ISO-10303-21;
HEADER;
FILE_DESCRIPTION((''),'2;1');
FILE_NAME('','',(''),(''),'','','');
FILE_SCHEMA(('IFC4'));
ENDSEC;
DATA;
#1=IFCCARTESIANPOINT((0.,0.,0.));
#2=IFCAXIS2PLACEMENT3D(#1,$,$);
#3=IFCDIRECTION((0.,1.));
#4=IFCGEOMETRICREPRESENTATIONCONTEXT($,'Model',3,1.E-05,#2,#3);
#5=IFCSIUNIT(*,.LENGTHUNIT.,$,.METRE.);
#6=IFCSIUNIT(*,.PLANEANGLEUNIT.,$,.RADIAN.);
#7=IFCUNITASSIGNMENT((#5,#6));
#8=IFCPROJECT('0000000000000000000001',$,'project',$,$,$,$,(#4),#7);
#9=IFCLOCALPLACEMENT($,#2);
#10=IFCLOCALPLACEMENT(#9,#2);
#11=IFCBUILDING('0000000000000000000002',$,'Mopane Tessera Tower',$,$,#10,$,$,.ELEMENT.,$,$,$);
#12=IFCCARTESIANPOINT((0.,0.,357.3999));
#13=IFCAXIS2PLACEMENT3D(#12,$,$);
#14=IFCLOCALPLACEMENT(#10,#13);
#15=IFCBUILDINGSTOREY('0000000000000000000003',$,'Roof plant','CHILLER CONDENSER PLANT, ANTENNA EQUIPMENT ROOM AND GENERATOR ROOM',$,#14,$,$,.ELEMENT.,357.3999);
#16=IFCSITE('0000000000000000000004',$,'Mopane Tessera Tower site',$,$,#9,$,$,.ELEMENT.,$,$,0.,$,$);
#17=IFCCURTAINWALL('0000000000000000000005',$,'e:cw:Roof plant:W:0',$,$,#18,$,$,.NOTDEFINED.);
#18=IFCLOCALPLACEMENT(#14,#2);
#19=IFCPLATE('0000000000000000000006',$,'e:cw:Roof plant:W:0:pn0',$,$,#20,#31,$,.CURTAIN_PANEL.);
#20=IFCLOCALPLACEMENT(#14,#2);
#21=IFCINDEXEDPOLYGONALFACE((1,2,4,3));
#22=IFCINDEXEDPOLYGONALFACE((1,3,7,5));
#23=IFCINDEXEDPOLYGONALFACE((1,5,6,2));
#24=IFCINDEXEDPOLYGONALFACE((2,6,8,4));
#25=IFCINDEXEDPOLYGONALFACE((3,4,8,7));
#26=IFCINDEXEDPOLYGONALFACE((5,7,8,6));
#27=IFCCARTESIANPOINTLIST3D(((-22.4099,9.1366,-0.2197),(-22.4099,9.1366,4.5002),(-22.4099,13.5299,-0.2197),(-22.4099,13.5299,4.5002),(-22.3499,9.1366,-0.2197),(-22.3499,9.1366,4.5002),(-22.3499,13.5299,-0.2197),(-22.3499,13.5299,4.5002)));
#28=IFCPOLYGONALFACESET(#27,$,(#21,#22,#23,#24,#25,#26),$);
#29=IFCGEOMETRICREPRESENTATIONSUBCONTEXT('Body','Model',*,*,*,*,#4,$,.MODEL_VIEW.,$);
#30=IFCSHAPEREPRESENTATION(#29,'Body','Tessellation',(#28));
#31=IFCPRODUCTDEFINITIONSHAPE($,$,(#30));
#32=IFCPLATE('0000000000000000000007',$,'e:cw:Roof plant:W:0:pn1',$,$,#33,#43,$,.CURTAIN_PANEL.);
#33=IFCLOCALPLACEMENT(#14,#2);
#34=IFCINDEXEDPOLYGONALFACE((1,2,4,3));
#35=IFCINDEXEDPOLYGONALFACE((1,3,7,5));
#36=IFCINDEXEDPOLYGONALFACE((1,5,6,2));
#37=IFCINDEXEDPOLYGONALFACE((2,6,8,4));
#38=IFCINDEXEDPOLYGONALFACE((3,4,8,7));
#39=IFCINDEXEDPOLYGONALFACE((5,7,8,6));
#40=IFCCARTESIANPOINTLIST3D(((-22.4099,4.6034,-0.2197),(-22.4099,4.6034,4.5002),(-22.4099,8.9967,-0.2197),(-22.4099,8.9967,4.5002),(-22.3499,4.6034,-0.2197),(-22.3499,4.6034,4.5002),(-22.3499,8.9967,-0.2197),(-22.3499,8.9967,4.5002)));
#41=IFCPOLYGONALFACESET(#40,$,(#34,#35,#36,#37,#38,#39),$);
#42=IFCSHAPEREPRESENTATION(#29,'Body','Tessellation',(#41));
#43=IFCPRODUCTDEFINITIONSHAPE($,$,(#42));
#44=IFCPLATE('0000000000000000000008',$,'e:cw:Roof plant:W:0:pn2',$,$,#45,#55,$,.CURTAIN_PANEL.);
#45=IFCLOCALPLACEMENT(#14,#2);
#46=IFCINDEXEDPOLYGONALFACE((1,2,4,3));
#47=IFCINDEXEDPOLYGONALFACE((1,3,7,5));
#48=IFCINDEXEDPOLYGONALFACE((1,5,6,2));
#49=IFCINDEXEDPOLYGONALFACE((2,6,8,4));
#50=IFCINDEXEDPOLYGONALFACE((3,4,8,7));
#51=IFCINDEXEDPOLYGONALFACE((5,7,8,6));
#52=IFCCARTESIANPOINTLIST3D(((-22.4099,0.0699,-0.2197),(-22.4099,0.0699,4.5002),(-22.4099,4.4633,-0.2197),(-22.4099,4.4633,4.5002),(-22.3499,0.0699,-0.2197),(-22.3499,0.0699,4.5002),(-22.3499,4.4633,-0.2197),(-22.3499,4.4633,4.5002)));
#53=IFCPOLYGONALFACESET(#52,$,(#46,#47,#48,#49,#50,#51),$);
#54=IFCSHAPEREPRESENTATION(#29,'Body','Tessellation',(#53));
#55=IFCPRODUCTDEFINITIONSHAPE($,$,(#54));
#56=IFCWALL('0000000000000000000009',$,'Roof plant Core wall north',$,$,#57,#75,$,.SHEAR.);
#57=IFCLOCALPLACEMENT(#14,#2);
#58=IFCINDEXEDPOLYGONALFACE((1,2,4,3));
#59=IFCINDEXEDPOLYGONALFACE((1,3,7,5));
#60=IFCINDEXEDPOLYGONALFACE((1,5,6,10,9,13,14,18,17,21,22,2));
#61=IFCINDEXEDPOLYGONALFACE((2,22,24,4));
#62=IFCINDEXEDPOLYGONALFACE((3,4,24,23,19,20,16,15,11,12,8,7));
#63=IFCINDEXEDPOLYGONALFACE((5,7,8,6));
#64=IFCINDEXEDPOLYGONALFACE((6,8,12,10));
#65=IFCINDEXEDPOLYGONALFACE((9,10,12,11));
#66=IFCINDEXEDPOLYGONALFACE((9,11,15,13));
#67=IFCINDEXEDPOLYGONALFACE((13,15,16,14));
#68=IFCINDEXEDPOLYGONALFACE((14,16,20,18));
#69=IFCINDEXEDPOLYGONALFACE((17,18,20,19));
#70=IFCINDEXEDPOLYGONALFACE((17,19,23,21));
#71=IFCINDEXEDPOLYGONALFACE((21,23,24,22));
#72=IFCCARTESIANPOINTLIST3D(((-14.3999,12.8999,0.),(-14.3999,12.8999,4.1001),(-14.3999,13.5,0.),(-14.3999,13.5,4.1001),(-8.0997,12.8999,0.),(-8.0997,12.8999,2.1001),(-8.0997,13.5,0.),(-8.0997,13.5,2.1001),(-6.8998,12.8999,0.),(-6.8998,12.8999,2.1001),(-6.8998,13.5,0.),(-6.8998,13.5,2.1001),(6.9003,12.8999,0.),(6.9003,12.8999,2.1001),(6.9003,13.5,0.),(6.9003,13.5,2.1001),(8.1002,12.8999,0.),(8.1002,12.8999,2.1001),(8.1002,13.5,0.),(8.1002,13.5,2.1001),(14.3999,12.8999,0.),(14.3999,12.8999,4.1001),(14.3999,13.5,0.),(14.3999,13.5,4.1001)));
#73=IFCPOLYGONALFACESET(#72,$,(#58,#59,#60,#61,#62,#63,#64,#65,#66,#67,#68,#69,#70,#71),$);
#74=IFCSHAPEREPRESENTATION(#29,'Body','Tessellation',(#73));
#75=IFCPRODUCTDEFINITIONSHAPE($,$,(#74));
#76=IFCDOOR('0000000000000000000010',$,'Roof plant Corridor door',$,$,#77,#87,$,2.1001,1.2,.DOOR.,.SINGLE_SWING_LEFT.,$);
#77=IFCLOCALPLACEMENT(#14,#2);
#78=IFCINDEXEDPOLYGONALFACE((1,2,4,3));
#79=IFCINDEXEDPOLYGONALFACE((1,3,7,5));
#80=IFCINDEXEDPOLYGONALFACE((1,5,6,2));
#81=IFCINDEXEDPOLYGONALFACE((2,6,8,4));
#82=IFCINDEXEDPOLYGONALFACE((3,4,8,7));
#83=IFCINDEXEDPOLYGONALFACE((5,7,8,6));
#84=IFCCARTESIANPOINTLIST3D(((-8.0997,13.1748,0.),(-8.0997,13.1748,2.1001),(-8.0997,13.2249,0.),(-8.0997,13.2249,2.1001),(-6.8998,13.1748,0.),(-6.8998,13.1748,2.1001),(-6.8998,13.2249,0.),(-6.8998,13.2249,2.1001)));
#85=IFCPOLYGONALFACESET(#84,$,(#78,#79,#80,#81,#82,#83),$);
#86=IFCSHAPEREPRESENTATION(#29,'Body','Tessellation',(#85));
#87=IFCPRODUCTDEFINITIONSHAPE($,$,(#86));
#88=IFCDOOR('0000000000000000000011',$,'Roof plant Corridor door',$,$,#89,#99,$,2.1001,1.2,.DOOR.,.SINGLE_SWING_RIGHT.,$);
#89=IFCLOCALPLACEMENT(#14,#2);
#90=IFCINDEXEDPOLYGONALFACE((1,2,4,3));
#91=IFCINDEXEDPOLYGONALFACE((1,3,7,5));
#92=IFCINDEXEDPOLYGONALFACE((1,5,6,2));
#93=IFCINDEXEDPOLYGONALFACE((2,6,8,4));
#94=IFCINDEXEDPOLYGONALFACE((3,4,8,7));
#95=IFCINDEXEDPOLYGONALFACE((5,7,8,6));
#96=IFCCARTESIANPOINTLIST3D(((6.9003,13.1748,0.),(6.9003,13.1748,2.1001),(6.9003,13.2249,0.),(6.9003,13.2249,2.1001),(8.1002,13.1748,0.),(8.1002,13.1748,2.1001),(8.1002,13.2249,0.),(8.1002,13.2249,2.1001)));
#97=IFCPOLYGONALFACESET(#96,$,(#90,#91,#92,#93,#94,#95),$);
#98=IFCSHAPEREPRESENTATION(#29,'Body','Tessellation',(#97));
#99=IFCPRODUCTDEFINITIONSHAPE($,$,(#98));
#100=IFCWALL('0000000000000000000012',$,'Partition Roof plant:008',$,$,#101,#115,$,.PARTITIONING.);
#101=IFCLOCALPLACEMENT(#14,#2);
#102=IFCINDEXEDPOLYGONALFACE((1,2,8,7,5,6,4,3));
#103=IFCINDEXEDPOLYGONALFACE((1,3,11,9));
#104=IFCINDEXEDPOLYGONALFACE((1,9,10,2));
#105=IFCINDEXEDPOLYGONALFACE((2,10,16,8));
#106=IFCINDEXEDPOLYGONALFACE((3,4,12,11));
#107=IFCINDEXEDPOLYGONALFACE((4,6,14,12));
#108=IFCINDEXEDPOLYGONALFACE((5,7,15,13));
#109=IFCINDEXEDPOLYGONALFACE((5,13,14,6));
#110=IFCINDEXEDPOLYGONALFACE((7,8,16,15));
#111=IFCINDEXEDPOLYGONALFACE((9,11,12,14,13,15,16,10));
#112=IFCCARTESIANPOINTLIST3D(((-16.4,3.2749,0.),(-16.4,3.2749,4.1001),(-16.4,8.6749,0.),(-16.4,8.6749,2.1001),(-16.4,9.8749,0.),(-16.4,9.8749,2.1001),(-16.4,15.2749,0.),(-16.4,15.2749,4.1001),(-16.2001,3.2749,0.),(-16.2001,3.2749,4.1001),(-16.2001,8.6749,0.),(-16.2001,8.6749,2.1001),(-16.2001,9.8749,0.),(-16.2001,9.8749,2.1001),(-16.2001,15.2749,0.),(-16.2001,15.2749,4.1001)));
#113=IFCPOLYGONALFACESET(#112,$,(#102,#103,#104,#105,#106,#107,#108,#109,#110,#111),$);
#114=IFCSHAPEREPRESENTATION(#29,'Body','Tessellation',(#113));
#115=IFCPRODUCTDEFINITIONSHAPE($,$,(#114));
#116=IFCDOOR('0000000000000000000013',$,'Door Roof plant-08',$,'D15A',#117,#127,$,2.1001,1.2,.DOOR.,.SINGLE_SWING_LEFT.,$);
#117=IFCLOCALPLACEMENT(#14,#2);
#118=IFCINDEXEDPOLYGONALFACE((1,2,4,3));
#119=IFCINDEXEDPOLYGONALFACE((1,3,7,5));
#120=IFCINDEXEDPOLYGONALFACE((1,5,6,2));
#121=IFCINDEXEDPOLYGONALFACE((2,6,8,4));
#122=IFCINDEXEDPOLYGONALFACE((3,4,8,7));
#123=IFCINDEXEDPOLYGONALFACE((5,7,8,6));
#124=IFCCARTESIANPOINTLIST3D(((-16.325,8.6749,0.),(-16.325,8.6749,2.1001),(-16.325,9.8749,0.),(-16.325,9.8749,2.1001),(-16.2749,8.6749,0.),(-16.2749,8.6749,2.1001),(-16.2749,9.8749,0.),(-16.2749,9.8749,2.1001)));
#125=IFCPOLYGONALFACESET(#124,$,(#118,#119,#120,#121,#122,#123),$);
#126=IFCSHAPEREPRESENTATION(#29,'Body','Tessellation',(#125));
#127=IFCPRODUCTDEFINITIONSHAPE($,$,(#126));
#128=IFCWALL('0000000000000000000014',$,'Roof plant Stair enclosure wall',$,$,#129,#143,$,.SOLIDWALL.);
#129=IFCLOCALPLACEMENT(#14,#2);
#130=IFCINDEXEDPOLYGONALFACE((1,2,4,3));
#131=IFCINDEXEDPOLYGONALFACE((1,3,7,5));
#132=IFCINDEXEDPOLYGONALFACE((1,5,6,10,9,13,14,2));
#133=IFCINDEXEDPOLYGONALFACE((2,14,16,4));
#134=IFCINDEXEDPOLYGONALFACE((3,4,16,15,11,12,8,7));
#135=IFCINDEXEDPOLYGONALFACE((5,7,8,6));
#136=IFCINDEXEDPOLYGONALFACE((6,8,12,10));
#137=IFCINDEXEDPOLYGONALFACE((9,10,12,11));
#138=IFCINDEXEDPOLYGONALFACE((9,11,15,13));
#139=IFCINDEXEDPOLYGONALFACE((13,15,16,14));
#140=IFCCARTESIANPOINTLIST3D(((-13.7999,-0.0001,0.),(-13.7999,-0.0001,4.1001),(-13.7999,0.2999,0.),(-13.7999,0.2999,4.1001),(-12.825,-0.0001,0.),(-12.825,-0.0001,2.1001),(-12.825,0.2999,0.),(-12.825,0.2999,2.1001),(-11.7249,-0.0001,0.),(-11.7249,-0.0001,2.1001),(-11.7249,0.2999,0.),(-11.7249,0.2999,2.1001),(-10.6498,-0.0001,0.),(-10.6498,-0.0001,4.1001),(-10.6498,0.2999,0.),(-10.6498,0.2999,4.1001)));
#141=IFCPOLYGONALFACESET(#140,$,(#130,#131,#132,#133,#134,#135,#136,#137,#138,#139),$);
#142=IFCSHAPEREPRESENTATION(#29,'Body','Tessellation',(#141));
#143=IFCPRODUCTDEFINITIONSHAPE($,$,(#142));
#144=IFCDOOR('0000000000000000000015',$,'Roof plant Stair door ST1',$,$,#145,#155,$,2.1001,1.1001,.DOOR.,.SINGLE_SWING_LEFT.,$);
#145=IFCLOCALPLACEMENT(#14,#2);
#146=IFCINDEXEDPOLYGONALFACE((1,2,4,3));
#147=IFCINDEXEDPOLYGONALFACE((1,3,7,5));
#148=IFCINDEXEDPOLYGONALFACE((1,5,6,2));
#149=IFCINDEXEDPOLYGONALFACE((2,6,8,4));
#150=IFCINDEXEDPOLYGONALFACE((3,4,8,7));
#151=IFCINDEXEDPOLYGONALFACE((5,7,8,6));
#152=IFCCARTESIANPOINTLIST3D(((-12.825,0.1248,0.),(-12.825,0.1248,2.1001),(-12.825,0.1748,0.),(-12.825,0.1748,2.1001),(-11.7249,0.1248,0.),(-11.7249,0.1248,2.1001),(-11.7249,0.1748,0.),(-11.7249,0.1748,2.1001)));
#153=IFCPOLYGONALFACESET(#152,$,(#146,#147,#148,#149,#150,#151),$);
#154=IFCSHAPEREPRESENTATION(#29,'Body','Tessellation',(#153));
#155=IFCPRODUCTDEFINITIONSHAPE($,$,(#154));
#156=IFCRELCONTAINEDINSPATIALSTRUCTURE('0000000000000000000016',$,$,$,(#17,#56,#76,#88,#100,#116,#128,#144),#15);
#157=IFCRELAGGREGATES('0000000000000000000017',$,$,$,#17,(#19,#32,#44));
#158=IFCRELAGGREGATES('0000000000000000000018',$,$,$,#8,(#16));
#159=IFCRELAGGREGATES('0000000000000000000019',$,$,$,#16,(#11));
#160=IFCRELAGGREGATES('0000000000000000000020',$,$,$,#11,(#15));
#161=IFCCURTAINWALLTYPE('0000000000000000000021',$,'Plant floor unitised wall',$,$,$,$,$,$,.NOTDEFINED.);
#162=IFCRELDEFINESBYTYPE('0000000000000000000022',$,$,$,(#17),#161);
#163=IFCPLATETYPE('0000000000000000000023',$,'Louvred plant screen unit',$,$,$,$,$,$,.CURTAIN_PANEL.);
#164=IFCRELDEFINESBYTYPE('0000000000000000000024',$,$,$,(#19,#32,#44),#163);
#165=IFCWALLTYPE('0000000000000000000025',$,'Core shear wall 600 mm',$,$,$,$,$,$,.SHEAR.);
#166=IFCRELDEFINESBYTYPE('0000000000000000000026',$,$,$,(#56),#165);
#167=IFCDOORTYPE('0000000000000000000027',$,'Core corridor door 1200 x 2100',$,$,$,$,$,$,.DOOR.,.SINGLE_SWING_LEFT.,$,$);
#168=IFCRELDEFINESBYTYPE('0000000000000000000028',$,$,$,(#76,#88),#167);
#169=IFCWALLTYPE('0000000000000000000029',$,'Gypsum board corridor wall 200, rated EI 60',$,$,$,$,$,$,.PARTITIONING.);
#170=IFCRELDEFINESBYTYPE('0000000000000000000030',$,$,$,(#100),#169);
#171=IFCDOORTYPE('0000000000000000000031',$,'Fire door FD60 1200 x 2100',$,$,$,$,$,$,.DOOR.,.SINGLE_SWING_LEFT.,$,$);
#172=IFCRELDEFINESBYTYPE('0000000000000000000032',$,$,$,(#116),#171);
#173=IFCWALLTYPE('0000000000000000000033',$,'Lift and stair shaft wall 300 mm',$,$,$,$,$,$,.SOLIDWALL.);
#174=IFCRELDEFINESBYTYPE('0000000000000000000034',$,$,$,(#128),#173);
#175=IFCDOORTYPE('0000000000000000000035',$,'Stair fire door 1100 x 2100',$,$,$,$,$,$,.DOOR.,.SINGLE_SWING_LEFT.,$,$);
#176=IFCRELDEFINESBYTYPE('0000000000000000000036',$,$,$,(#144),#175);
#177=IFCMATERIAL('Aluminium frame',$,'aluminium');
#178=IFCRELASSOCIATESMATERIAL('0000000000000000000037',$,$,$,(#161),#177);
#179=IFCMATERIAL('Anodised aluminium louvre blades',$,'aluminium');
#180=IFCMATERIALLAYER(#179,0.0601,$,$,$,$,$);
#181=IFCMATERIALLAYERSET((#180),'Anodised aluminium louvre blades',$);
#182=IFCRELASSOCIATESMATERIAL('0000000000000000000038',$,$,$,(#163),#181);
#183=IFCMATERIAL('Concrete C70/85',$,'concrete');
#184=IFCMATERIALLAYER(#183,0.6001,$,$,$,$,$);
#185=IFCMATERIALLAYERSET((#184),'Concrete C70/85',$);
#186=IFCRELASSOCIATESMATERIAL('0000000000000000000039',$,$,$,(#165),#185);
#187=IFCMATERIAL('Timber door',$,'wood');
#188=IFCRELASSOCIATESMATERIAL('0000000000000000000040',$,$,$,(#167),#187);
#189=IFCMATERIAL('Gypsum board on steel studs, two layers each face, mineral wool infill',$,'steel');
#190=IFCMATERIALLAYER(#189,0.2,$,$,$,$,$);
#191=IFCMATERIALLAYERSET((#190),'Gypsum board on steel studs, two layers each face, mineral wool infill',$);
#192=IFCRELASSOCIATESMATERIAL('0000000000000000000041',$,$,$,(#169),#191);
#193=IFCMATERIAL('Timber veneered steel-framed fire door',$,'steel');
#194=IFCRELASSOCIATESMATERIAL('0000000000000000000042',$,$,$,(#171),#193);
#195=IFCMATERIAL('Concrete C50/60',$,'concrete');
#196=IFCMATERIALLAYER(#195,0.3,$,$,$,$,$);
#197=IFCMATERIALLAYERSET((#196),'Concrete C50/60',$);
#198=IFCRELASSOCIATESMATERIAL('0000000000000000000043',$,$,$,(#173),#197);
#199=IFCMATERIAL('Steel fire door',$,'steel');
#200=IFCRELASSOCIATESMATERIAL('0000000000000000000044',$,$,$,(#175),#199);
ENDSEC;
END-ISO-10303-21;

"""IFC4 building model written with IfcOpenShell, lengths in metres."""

from ifc_helpers import new_model, si_unit, direction, frame, frame_2d, origin, origin_2d, place, context, subcontext, project, spatial, rectangle, extrude, material, layer, layer_set, type_object, element, fill, aggregate, save


model = new_model("IFC4")

# Units and contexts
model_context = context("Model", 3, precision=1e-05, world=origin(), true_north=direction((0.0, 1.0)))
body_context = subcontext(model_context, "Body", "Model", "MODEL_VIEW")
ifc_project = project(units=[si_unit("LENGTHUNIT", "METRE"), si_unit("PLANEANGLEUNIT", "RADIAN")], contexts=[model_context])

# Site, building, storey
site_placement = place(None, origin())
site = spatial("IfcSite", under=ifc_project, at=site_placement, Name="Mopane Tessera Tower site", CompositionType="ELEMENT", RefElevation=0.0)
building_placement = place(site_placement, origin())
building = spatial("IfcBuilding", under=site, at=building_placement, Name="Mopane Tessera Tower", CompositionType="ELEMENT")
storey_placement = place(building_placement, frame((0.0, 0.0, 357.3999)))
storey = spatial("IfcBuildingStorey", under=building, at=storey_placement, Name="Roof plant", Description="CHILLER CONDENSER PLANT, ANTENNA EQUIPMENT ROOM AND GENERATOR ROOM", CompositionType="ELEMENT", Elevation=357.3999)

# Curtain wall
ifc_material_1 = material(Name="Aluminium frame", Category="aluminium")
curtain_wall_type = type_object("IfcCurtainWallType", Name="Plant floor unitised wall", PredefinedType="NOTDEFINED", material=ifc_material_1)
curtain_wall_1_placement = place(storey_placement, origin())
curtain_wall_1 = element("IfcCurtainWall", 1, at=curtain_wall_1_placement, inside=storey, type_object=curtain_wall_type, Name="e:cw:Roof plant:W:0", PredefinedType="NOTDEFINED")

# Plates
ifc_material_2 = material(Name="Anodised aluminium louvre blades", Category="aluminium")
ifc_layer_1 = layer(ifc_material_2, 0.0601)
ifc_layer_set_1 = layer_set([ifc_layer_1], Name="Anodised aluminium louvre blades")
plate_type = type_object("IfcPlateType", Name="Louvred plant screen unit", PredefinedType="CURTAIN_PANEL", material=ifc_layer_set_1)
plate_1_placement = place(storey_placement, frame((-22.3799, 11.3333, -0.2197), z_axis=(0.0, 0.0, 1.0), x_axis=(0.0, -1.0, 0.0)))
plate_1 = element("IfcPlate", 2, at=plate_1_placement, type_object=plate_type, Name="e:cw:Roof plant:W:0:pn0", PredefinedType="CURTAIN_PANEL", context=body_context, shape_type="SweptSolid", body=[
    extrude(rectangle(XDim=4.3933, YDim=0.0601, at=origin_2d()), origin(), (0.0, 0.0, 1.0), 4.72),
])
plate_2_placement = place(storey_placement, frame((-22.3799, 6.8, -0.2197), z_axis=(0.0, 0.0, 1.0), x_axis=(0.0, -1.0, 0.0)))
plate_2 = element("IfcPlate", 3, at=plate_2_placement, type_object=plate_type, Name="e:cw:Roof plant:W:0:pn1", PredefinedType="CURTAIN_PANEL", context=body_context, shape_type="SweptSolid", body=[
    extrude(rectangle(XDim=4.3933, YDim=0.0601, at=origin_2d()), origin(), (0.0, 0.0, 1.0), 4.72),
])
plate_3_placement = place(storey_placement, frame((-22.3799, 2.2666, -0.2197), z_axis=(0.0, 0.0, 1.0), x_axis=(0.0, -1.0, 0.0)))
plate_3 = element("IfcPlate", 4, at=plate_3_placement, type_object=plate_type, Name="e:cw:Roof plant:W:0:pn2", PredefinedType="CURTAIN_PANEL", context=body_context, shape_type="SweptSolid", body=[
    extrude(rectangle(XDim=4.3933, YDim=0.0601, at=origin_2d()), origin(), (0.0, 0.0, 1.0), 4.72),
])
aggregate(curtain_wall_1, [plate_1, plate_2, plate_3])

# Wall, openings, doors
ifc_material_3 = material(Name="Concrete C70/85", Category="concrete")
ifc_layer_2 = layer(ifc_material_3, 0.6001)
ifc_layer_set_2 = layer_set([ifc_layer_2], Name="Concrete C70/85")
wall_type_1 = type_object("IfcWallType", Name="Core shear wall 600 mm", PredefinedType="SHEAR", material=ifc_layer_set_2)
wall_1_placement = place(storey_placement, frame((-14.3999, 13.2, 0.0), z_axis=(0.0, 0.0, 1.0), x_axis=(1.0, 0.0, 0.0)))
wall_1 = element("IfcWall", 5, at=wall_1_placement, inside=storey, type_object=wall_type_1, Name="Roof plant Core wall north", PredefinedType="SHEAR", context=body_context, shape_type="SweptSolid", body=[
    extrude(rectangle(XDim=28.7998, YDim=0.6001, at=frame_2d((14.3999, 0.0))), origin(), (0.0, 0.0, 1.0), 4.1001),
])
opening_1_placement = place(wall_1_placement, frame((6.3, 0.0, 0.0)))
opening_1 = element("IfcOpeningElement", 6, at=opening_1_placement, cuts=wall_1, PredefinedType="OPENING", context=body_context, shape_type="SweptSolid", body=[
    extrude(rectangle(XDim=1.2, YDim=2.1001, at=frame_2d((0.6001, 1.05))), frame((0.0, 0.312, 0.0), z_axis=(0.0, -1.0, 0.0), x_axis=(1.0, 0.0, 0.0)), (0.0, 0.0, 1.0), 0.624),
])
opening_2_placement = place(wall_1_placement, frame((21.3, 0.0, 0.0)))
opening_2 = element("IfcOpeningElement", 7, at=opening_2_placement, cuts=wall_1, PredefinedType="OPENING", context=body_context, shape_type="SweptSolid", body=[
    extrude(rectangle(XDim=1.2, YDim=2.1001, at=frame_2d((0.6001, 1.05))), frame((0.0, 0.312, 0.0), z_axis=(0.0, -1.0, 0.0), x_axis=(1.0, 0.0, 0.0)), (0.0, 0.0, 1.0), 0.624),
])
ifc_material_4 = material(Name="Timber door", Category="wood")
door_type_1 = type_object("IfcDoorType", Name="Core corridor door 1200 x 2100", OperationType="SINGLE_SWING_LEFT", PredefinedType="DOOR", material=ifc_material_4)
door_1_placement = place(opening_1_placement, origin())
door_1 = element("IfcDoor", 8, at=door_1_placement, inside=storey, type_object=door_type_1, Name="Roof plant Corridor door", OperationType="SINGLE_SWING_LEFT", OverallHeight=2.1001, OverallWidth=1.2, PredefinedType="DOOR", context=body_context, shape_type="SweptSolid", body=[
    extrude(rectangle(XDim=1.2, YDim=2.1001, at=frame_2d((0.6001, 1.05))), frame((0.0, 0.0249, 0.0), z_axis=(0.0, -1.0, 0.0), x_axis=(1.0, 0.0, 0.0)), (0.0, 0.0, 1.0), 0.05),
])
fill(opening_1, door_1)
door_2_placement = place(opening_2_placement, origin())
door_2 = element("IfcDoor", 9, at=door_2_placement, inside=storey, type_object=door_type_1, Name="Roof plant Corridor door", OperationType="SINGLE_SWING_RIGHT", OverallHeight=2.1001, OverallWidth=1.2, PredefinedType="DOOR", context=body_context, shape_type="SweptSolid", body=[
    extrude(rectangle(XDim=1.2, YDim=2.1001, at=frame_2d((0.6001, 1.05))), frame((0.0, 0.0249, 0.0), z_axis=(0.0, -1.0, 0.0), x_axis=(1.0, 0.0, 0.0)), (0.0, 0.0, 1.0), 0.05),
])
fill(opening_2, door_2)

# Walls, openings, doors
ifc_material_5 = material(Name="Gypsum board on steel studs, two layers each face, mineral wool infill", Category="steel")
ifc_layer_3 = layer(ifc_material_5, 0.2)
ifc_layer_set_3 = layer_set([ifc_layer_3], Name="Gypsum board on steel studs, two layers each face, mineral wool infill")
wall_type_2 = type_object("IfcWallType", Name="Gypsum board corridor wall 200, rated EI 60", PredefinedType="PARTITIONING", material=ifc_layer_set_3)
wall_2_placement = place(storey_placement, frame((-16.3, 3.2749, 0.0), z_axis=(0.0, 0.0, 1.0), x_axis=(0.0, 1.0, 0.0)))
wall_2 = element("IfcWall", 10, at=wall_2_placement, inside=storey, type_object=wall_type_2, Name="Partition Roof plant:008", PredefinedType="PARTITIONING", context=body_context, shape_type="SweptSolid", body=[
    extrude(rectangle(XDim=12.0, YDim=0.2, at=frame_2d((6.0, 0.0))), origin(), (0.0, 0.0, 1.0), 4.1001),
])
opening_3_placement = place(wall_2_placement, frame((5.3999, 0.0, 0.0)))
opening_3 = element("IfcOpeningElement", 11, at=opening_3_placement, cuts=wall_2, PredefinedType="OPENING", context=body_context, shape_type="SweptSolid", body=[
    extrude(rectangle(XDim=1.2, YDim=2.1001, at=frame_2d((0.6001, 1.05))), frame((0.0, 0.1121, 0.0), z_axis=(0.0, -1.0, 0.0), x_axis=(1.0, 0.0, 0.0)), (0.0, 0.0, 1.0), 0.2239),
])
ifc_material_6 = material(Name="Timber veneered steel-framed fire door", Category="steel")
door_type_2 = type_object("IfcDoorType", Name="Fire door FD60 1200 x 2100", OperationType="SINGLE_SWING_LEFT", PredefinedType="DOOR", material=ifc_material_6)
door_3_placement = place(opening_3_placement, origin())
door_3 = element("IfcDoor", 12, at=door_3_placement, inside=storey, type_object=door_type_2, Name="Door Roof plant-08", ObjectType="D15A", OperationType="SINGLE_SWING_LEFT", OverallHeight=2.1001, OverallWidth=1.2, PredefinedType="DOOR", context=body_context, shape_type="SweptSolid", body=[
    extrude(rectangle(XDim=1.2, YDim=2.1001, at=frame_2d((0.6001, 1.05))), frame((0.0, 0.0249, 0.0), z_axis=(0.0, -1.0, 0.0), x_axis=(1.0, 0.0, 0.0)), (0.0, 0.0, 1.0), 0.05),
])
fill(opening_3, door_3)
ifc_material_7 = material(Name="Concrete C50/60", Category="concrete")
ifc_layer_4 = layer(ifc_material_7, 0.3)
ifc_layer_set_4 = layer_set([ifc_layer_4], Name="Concrete C50/60")
wall_type_3 = type_object("IfcWallType", Name="Lift and stair shaft wall 300 mm", PredefinedType="SOLIDWALL", material=ifc_layer_set_4)
wall_3_placement = place(storey_placement, frame((-13.8, 0.1499, 0.0), z_axis=(0.0, 0.0, 1.0), x_axis=(1.0, 0.0, 0.0)))
wall_3 = element("IfcWall", 13, at=wall_3_placement, inside=storey, type_object=wall_type_3, Name="Roof plant Stair enclosure wall", PredefinedType="SOLIDWALL", context=body_context, shape_type="SweptSolid", body=[
    extrude(rectangle(XDim=3.1501, YDim=0.3, at=frame_2d((1.5752, 0.0))), origin(), (0.0, 0.0, 1.0), 4.1001),
])
opening_4_placement = place(wall_3_placement, frame((0.9751, 0.0, 0.0)))
opening_4 = element("IfcOpeningElement", 14, at=opening_4_placement, cuts=wall_3, PredefinedType="OPENING", context=body_context, shape_type="SweptSolid", body=[
    extrude(rectangle(XDim=1.1001, YDim=2.1001, at=frame_2d((0.55, 1.05))), frame((0.0, 0.1621, 0.0), z_axis=(0.0, -1.0, 0.0), x_axis=(1.0, 0.0, 0.0)), (0.0, 0.0, 1.0), 0.324),
])
ifc_material_8 = material(Name="Steel fire door", Category="steel")
door_type_3 = type_object("IfcDoorType", Name="Stair fire door 1100 x 2100", OperationType="SINGLE_SWING_LEFT", PredefinedType="DOOR", material=ifc_material_8)
door_4_placement = place(opening_4_placement, origin())
door_4 = element("IfcDoor", 15, at=door_4_placement, inside=storey, type_object=door_type_3, Name="Roof plant Stair door ST1", OperationType="SINGLE_SWING_LEFT", OverallHeight=2.1001, OverallWidth=1.1001, PredefinedType="DOOR", context=body_context, shape_type="SweptSolid", body=[
    extrude(rectangle(XDim=1.1001, YDim=2.1001, at=frame_2d((0.55, 1.05))), frame((0.0, 0.0249, 0.0), z_axis=(0.0, -1.0, 0.0), x_axis=(1.0, 0.0, 0.0)), (0.0, 0.0, 1.0), 0.05),
])
fill(opening_4, door_4)

save(model, "model.ifc")
